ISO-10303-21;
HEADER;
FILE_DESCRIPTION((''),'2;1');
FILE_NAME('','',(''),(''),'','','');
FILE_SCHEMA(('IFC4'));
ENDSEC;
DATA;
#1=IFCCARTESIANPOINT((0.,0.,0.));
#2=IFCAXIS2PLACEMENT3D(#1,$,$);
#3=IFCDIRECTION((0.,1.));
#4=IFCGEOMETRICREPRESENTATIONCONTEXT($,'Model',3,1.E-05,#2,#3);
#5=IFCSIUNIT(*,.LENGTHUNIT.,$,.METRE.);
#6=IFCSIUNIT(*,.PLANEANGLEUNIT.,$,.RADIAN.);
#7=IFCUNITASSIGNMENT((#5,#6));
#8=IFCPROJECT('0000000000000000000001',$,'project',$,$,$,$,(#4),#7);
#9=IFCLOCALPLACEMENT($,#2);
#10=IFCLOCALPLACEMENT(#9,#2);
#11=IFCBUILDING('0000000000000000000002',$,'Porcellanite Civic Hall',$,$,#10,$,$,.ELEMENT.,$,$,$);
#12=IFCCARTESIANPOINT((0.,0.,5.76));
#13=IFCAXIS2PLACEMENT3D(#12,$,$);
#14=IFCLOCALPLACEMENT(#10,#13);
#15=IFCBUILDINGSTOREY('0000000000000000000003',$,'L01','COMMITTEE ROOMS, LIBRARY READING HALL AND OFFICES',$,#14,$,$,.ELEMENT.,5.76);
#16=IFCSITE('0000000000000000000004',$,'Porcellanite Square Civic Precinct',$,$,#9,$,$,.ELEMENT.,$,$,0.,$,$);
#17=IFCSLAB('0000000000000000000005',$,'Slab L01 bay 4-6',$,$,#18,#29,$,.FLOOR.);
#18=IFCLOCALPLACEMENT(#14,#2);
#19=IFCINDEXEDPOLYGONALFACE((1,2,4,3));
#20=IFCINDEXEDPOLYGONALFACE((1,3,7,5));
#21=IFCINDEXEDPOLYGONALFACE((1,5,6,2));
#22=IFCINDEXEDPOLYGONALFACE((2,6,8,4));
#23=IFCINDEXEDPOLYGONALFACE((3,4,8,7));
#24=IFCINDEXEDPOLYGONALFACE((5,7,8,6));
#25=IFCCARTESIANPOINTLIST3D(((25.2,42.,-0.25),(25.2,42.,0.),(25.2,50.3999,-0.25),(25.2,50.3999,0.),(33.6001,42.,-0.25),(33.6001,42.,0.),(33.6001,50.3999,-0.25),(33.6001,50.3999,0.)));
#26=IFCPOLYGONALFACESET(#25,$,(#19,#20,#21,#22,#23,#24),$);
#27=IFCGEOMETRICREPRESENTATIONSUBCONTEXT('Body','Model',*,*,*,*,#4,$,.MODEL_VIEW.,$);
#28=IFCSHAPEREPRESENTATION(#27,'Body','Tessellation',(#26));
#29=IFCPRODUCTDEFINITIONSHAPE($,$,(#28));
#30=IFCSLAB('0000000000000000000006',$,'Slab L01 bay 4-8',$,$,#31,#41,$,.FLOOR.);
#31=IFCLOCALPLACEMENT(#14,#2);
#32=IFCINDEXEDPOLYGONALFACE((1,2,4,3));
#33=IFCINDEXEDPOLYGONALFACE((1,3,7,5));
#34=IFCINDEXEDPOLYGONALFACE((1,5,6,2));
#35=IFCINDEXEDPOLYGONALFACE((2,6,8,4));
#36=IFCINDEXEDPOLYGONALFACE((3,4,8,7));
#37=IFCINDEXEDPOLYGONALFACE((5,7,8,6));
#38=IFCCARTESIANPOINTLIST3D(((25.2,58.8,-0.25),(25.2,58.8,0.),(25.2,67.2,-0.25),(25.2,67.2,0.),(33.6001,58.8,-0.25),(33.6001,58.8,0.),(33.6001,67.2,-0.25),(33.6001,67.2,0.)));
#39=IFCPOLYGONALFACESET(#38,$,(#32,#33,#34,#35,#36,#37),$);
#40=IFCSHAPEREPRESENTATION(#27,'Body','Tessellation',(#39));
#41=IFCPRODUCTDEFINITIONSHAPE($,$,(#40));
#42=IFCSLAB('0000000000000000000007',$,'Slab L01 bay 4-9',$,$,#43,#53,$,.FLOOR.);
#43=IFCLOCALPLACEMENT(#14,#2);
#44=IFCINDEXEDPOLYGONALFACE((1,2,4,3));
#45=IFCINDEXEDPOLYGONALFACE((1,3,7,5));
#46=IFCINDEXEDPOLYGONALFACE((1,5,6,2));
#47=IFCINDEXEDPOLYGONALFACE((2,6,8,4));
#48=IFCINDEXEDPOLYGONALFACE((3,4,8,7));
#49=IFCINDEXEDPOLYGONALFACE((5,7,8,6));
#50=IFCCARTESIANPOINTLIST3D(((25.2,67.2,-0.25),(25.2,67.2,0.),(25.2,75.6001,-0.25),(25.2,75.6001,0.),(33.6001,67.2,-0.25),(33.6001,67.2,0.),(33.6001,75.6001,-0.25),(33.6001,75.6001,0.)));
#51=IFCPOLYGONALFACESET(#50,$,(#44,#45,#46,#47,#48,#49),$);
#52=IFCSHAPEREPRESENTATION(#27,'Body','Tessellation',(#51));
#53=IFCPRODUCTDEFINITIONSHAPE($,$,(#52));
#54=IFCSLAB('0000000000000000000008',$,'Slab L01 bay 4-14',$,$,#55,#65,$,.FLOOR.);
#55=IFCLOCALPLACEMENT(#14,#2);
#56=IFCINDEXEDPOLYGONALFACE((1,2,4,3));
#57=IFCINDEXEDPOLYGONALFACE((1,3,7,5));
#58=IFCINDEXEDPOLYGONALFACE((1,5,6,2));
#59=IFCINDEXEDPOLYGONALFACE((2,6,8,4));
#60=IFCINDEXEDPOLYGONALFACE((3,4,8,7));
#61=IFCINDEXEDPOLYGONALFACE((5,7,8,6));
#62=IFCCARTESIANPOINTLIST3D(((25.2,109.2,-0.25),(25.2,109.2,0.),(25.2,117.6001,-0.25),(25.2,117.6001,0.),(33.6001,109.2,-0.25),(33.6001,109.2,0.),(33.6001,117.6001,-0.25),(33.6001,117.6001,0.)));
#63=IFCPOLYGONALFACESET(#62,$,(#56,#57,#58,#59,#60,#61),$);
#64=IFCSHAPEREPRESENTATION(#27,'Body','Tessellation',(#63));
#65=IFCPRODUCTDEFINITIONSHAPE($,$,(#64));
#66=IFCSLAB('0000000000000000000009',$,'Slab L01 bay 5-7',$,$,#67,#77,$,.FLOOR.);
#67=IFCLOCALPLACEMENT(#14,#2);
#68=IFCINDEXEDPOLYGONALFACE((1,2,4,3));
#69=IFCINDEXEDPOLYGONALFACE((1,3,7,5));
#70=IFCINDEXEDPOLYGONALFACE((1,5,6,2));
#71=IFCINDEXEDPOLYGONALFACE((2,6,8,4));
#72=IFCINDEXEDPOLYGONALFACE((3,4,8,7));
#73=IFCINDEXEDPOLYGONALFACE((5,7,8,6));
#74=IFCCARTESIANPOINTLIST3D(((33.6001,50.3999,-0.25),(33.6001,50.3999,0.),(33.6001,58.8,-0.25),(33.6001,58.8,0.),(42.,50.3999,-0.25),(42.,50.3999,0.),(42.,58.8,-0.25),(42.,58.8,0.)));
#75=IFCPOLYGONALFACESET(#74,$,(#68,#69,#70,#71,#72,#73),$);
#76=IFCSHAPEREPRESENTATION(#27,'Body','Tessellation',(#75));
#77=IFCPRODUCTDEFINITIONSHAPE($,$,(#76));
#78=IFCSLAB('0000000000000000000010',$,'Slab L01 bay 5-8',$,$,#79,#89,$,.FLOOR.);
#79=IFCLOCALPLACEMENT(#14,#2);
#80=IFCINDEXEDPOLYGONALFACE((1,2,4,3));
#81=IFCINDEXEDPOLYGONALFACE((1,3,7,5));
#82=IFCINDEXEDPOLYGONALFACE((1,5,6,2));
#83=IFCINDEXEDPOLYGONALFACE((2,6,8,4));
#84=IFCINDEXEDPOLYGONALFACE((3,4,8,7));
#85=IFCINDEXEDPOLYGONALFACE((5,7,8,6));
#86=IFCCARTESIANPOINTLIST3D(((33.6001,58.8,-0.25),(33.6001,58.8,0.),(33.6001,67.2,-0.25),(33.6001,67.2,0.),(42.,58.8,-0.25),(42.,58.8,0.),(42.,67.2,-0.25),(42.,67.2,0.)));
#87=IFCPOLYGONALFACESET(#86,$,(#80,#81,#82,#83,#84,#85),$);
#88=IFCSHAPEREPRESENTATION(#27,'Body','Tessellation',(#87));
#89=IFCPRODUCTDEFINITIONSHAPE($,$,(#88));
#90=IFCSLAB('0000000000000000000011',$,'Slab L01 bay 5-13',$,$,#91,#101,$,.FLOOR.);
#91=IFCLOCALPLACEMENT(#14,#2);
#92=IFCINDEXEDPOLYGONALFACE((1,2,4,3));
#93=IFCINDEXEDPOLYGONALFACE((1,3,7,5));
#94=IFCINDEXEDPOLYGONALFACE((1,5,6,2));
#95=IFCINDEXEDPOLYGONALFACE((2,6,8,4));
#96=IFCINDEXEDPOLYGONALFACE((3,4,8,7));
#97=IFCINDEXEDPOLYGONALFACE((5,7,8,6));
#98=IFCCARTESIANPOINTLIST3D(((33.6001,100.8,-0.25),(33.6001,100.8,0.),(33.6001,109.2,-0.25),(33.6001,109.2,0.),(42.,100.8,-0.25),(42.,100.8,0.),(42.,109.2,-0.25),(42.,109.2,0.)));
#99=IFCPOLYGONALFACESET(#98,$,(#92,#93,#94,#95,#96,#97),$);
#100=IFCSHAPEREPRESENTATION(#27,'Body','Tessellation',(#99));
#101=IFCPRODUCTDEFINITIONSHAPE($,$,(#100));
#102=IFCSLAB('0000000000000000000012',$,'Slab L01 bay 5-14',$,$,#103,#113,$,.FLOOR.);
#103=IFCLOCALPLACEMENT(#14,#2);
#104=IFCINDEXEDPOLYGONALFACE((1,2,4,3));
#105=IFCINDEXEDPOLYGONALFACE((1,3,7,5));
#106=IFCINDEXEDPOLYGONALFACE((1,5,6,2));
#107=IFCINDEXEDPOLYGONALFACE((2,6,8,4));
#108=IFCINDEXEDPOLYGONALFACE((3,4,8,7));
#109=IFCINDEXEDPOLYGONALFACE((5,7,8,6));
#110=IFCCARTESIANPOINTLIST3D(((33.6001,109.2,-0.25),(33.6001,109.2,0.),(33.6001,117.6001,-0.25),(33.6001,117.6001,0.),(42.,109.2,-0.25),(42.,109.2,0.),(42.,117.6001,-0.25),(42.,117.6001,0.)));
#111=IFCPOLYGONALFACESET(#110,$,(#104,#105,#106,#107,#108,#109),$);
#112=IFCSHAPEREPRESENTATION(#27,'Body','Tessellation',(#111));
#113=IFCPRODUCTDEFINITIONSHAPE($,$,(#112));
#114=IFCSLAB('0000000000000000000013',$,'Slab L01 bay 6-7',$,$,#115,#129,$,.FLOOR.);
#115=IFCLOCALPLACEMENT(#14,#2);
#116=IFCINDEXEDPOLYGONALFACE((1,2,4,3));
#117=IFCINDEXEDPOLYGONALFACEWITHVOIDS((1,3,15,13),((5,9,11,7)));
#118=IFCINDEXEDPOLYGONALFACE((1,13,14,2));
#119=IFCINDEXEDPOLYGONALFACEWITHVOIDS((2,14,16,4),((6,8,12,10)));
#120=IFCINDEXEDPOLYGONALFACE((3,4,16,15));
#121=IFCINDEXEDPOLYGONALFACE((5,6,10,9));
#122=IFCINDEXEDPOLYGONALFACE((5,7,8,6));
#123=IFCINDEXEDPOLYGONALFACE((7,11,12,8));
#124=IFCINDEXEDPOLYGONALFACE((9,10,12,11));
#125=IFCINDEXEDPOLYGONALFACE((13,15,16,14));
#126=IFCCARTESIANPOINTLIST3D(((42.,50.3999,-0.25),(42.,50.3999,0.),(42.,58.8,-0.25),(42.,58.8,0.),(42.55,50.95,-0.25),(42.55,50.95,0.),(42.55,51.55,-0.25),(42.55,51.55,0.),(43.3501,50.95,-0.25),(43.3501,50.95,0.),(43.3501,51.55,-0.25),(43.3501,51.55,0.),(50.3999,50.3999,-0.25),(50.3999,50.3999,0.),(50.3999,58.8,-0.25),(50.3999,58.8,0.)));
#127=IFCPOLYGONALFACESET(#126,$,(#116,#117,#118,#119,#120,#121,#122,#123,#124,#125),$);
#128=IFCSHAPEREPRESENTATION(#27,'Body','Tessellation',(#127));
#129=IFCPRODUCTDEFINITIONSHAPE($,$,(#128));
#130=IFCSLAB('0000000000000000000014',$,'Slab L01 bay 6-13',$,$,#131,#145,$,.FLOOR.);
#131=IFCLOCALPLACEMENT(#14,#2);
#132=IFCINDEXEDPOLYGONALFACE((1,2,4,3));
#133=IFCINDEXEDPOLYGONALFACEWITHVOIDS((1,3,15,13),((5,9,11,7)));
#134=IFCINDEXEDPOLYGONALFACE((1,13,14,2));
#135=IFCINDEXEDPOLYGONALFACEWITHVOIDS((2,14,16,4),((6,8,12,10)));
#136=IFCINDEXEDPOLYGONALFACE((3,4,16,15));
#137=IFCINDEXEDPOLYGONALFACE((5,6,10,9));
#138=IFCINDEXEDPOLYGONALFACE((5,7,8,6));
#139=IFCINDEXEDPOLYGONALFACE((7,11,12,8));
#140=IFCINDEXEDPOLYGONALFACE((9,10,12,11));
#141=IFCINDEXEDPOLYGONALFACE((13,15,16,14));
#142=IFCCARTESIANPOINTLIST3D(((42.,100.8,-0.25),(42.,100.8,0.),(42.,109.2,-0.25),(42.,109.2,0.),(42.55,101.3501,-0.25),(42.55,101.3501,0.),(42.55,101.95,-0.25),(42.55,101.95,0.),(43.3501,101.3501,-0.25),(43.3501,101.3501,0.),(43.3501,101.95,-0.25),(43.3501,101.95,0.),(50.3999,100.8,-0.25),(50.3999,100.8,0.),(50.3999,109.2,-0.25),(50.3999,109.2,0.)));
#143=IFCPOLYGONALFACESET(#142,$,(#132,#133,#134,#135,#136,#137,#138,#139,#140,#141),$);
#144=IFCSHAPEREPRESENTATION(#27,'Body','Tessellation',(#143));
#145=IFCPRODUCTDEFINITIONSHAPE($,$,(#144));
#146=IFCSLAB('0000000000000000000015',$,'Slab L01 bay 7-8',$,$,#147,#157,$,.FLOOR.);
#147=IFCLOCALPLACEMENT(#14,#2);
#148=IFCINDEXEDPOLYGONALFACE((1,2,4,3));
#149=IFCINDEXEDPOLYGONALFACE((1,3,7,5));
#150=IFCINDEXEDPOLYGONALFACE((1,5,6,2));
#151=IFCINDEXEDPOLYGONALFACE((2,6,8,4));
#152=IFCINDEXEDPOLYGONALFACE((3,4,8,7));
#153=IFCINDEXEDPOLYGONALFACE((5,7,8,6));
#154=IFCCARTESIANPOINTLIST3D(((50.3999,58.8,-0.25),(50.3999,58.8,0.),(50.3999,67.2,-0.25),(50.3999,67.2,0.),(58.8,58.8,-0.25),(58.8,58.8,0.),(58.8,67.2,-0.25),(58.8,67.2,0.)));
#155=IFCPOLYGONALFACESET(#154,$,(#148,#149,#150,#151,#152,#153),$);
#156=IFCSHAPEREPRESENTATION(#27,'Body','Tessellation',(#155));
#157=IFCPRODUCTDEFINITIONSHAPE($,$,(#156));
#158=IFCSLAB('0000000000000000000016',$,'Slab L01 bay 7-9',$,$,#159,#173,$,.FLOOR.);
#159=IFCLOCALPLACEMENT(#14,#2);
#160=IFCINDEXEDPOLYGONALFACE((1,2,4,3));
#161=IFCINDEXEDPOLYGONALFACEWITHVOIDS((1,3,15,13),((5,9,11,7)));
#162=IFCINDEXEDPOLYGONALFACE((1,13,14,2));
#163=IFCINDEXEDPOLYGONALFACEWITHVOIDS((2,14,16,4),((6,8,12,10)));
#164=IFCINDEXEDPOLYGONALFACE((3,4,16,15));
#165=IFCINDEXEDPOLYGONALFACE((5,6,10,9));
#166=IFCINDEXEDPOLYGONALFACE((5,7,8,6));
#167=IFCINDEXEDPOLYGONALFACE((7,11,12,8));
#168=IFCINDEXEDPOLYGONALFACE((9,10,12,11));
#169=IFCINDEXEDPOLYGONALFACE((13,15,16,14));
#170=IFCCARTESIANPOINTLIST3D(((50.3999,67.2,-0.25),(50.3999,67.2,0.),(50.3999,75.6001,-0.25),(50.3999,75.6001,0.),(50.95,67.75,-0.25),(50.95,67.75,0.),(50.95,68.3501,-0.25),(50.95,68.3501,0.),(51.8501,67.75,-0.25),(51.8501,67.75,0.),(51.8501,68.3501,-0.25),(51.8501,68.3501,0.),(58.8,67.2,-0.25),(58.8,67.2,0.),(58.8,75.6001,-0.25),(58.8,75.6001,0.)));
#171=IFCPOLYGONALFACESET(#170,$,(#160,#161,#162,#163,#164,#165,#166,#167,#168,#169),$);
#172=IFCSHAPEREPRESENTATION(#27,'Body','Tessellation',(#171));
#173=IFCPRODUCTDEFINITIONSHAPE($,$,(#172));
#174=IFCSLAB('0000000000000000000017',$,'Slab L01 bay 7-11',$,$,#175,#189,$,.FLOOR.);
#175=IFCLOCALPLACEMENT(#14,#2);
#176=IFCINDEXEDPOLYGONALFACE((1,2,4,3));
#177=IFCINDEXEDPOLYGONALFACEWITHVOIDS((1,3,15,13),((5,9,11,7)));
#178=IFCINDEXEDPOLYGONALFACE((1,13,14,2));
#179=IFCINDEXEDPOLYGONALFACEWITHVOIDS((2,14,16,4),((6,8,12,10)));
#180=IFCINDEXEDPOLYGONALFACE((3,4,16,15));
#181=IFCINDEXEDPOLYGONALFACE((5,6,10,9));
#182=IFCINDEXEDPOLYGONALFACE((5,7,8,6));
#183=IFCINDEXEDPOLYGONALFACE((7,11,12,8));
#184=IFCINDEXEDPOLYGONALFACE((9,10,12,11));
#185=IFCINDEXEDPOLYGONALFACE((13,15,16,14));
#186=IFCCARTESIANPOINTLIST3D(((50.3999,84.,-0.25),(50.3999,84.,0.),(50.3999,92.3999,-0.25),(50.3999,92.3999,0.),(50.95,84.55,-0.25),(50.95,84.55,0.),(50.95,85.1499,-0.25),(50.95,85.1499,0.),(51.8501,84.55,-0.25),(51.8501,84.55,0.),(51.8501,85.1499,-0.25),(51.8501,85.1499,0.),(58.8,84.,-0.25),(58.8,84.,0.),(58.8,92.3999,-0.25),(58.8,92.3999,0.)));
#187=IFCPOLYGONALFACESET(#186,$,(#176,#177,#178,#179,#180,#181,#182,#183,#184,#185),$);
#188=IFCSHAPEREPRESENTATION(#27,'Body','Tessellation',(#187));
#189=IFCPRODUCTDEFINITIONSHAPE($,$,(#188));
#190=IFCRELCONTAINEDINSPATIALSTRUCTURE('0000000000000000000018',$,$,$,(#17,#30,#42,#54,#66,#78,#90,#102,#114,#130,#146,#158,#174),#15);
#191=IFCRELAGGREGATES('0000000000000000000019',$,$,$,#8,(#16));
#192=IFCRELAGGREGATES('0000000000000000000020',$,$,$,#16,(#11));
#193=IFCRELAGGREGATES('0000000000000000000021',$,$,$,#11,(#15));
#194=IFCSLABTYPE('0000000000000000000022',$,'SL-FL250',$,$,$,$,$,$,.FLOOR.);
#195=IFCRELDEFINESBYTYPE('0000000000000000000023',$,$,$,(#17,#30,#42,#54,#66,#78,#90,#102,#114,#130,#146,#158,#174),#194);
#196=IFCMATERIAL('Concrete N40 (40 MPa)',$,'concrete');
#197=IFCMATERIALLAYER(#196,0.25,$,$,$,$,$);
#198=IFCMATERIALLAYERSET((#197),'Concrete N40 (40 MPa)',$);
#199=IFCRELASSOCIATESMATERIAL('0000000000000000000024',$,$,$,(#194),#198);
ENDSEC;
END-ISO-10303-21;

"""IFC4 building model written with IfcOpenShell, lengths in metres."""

from ifc_helpers import new_model, si_unit, direction, frame, origin, place, context, subcontext, project, spatial, polyline, outline, extrude, material, layer, layer_set, type_object, element, save


model = new_model("IFC4")

# Units and contexts
model_context = context("Model", 3, precision=1e-05, world=origin(), true_north=direction((0.0, 1.0)))
body_context = subcontext(model_context, "Body", "Model", "MODEL_VIEW")
ifc_project = project(units=[si_unit("LENGTHUNIT", "METRE"), si_unit("PLANEANGLEUNIT", "RADIAN")], contexts=[model_context])

# Site, building, storey
site_placement = place(None, origin())
site = spatial("IfcSite", under=ifc_project, at=site_placement, Name="Porcellanite Square Civic Precinct", CompositionType="ELEMENT", RefElevation=0.0)
building_placement = place(site_placement, origin())
building = spatial("IfcBuilding", under=site, at=building_placement, Name="Porcellanite Civic Hall", CompositionType="ELEMENT")
storey_placement = place(building_placement, frame((0.0, 0.0, 5.76)))
storey = spatial("IfcBuildingStorey", under=building, at=storey_placement, Name="L01", Description="COMMITTEE ROOMS, LIBRARY READING HALL AND OFFICES", CompositionType="ELEMENT", Elevation=5.76)

# Slabs
ifc_material = material(Name="Concrete N40 (40 MPa)", Category="concrete")
ifc_layer = layer(ifc_material, 0.25)
ifc_layer_set = layer_set([ifc_layer], Name="Concrete N40 (40 MPa)")
slab_type = type_object("IfcSlabType", Name="SL-FL250", PredefinedType="FLOOR", material=ifc_layer_set)
slab_1_placement = place(storey_placement, frame((0.0, 0.0, -0.25)))
element("IfcSlab", 1, at=slab_1_placement, inside=storey, type_object=slab_type, Name="Slab L01 bay 4-6", PredefinedType="FLOOR", context=body_context, shape_type="SweptSolid", body=[
    extrude(outline(polyline([(25.2, 42.0), (33.6001, 42.0), (33.6001, 50.3999), (25.2, 50.3999), (25.2, 42.0)])), origin(), (0.0, 0.0, 1.0), 0.25),
])
slab_2_placement = place(storey_placement, frame((0.0, 0.0, -0.25)))
element("IfcSlab", 2, at=slab_2_placement, inside=storey, type_object=slab_type, Name="Slab L01 bay 4-8", PredefinedType="FLOOR", context=body_context, shape_type="SweptSolid", body=[
    extrude(outline(polyline([(25.2, 58.8), (33.6001, 58.8), (33.6001, 67.2), (25.2, 67.2), (25.2, 58.8)])), origin(), (0.0, 0.0, 1.0), 0.25),
])
slab_3_placement = place(storey_placement, frame((0.0, 0.0, -0.25)))
element("IfcSlab", 3, at=slab_3_placement, inside=storey, type_object=slab_type, Name="Slab L01 bay 4-9", PredefinedType="FLOOR", context=body_context, shape_type="SweptSolid", body=[
    extrude(outline(polyline([(25.2, 67.2), (33.6001, 67.2), (33.6001, 75.6001), (25.2, 75.6001), (25.2, 67.2)])), origin(), (0.0, 0.0, 1.0), 0.25),
])
slab_4_placement = place(storey_placement, frame((0.0, 0.0, -0.25)))
element("IfcSlab", 4, at=slab_4_placement, inside=storey, type_object=slab_type, Name="Slab L01 bay 4-14", PredefinedType="FLOOR", context=body_context, shape_type="SweptSolid", body=[
    extrude(outline(polyline([(25.2, 109.2), (33.6001, 109.2), (33.6001, 117.6001), (25.2, 117.6001), (25.2, 109.2)])), origin(), (0.0, 0.0, 1.0), 0.25),
])
slab_5_placement = place(storey_placement, frame((0.0, 0.0, -0.25)))
element("IfcSlab", 5, at=slab_5_placement, inside=storey, type_object=slab_type, Name="Slab L01 bay 5-7", PredefinedType="FLOOR", context=body_context, shape_type="SweptSolid", body=[
    extrude(outline(polyline([(33.6001, 50.3999), (42.0, 50.3999), (42.0, 58.8), (33.6001, 58.8), (33.6001, 50.3999)])), origin(), (0.0, 0.0, 1.0), 0.25),
])
slab_6_placement = place(storey_placement, frame((0.0, 0.0, -0.25)))
element("IfcSlab", 6, at=slab_6_placement, inside=storey, type_object=slab_type, Name="Slab L01 bay 5-8", PredefinedType="FLOOR", context=body_context, shape_type="SweptSolid", body=[
    extrude(outline(polyline([(33.6001, 58.8), (42.0, 58.8), (42.0, 67.2), (33.6001, 67.2), (33.6001, 58.8)])), origin(), (0.0, 0.0, 1.0), 0.25),
])
slab_7_placement = place(storey_placement, frame((0.0, 0.0, -0.25)))
element("IfcSlab", 7, at=slab_7_placement, inside=storey, type_object=slab_type, Name="Slab L01 bay 5-13", PredefinedType="FLOOR", context=body_context, shape_type="SweptSolid", body=[
    extrude(outline(polyline([(33.6001, 100.8), (42.0, 100.8), (42.0, 109.2), (33.6001, 109.2), (33.6001, 100.8)])), origin(), (0.0, 0.0, 1.0), 0.25),
])
slab_8_placement = place(storey_placement, frame((0.0, 0.0, -0.25)))
element("IfcSlab", 8, at=slab_8_placement, inside=storey, type_object=slab_type, Name="Slab L01 bay 5-14", PredefinedType="FLOOR", context=body_context, shape_type="SweptSolid", body=[
    extrude(outline(polyline([(33.6001, 109.2), (42.0, 109.2), (42.0, 117.6001), (33.6001, 117.6001), (33.6001, 109.2)])), origin(), (0.0, 0.0, 1.0), 0.25),
])
slab_9_placement = place(storey_placement, frame((0.0, 0.0, -0.25)))
element("IfcSlab", 9, at=slab_9_placement, inside=storey, type_object=slab_type, Name="Slab L01 bay 6-7", PredefinedType="FLOOR", context=body_context, shape_type="SweptSolid", body=[
    extrude(outline(polyline([(42.0, 50.3999), (50.3999, 50.3999), (50.3999, 58.8), (42.0, 58.8), (42.0, 50.3999)]), holes=[polyline([(42.55, 50.95), (43.3501, 50.95), (43.3501, 51.55), (42.55, 51.55), (42.55, 50.95)])]), origin(), (0.0, 0.0, 1.0), 0.25),
])
slab_10_placement = place(storey_placement, frame((0.0, 0.0, -0.25)))
element("IfcSlab", 10, at=slab_10_placement, inside=storey, type_object=slab_type, Name="Slab L01 bay 6-13", PredefinedType="FLOOR", context=body_context, shape_type="SweptSolid", body=[
    extrude(outline(polyline([(42.0, 100.8), (50.3999, 100.8), (50.3999, 109.2), (42.0, 109.2), (42.0, 100.8)]), holes=[polyline([(42.55, 101.3501), (43.3501, 101.3501), (43.3501, 101.95), (42.55, 101.95), (42.55, 101.3501)])]), origin(), (0.0, 0.0, 1.0), 0.25),
])
slab_11_placement = place(storey_placement, frame((0.0, 0.0, -0.25)))
element("IfcSlab", 11, at=slab_11_placement, inside=storey, type_object=slab_type, Name="Slab L01 bay 7-8", PredefinedType="FLOOR", context=body_context, shape_type="SweptSolid", body=[
    extrude(outline(polyline([(50.3999, 58.8), (58.8, 58.8), (58.8, 67.2), (50.3999, 67.2), (50.3999, 58.8)])), origin(), (0.0, 0.0, 1.0), 0.25),
])
slab_12_placement = place(storey_placement, frame((0.0, 0.0, -0.25)))
element("IfcSlab", 12, at=slab_12_placement, inside=storey, type_object=slab_type, Name="Slab L01 bay 7-9", PredefinedType="FLOOR", context=body_context, shape_type="SweptSolid", body=[
    extrude(outline(polyline([(50.3999, 67.2), (58.8, 67.2), (58.8, 75.6001), (50.3999, 75.6001), (50.3999, 67.2)]), holes=[polyline([(50.95, 67.75), (51.8501, 67.75), (51.8501, 68.3501), (50.95, 68.3501), (50.95, 67.75)])]), origin(), (0.0, 0.0, 1.0), 0.25),
])
slab_13_placement = place(storey_placement, frame((0.0, 0.0, -0.25)))
element("IfcSlab", 13, at=slab_13_placement, inside=storey, type_object=slab_type, Name="Slab L01 bay 7-11", PredefinedType="FLOOR", context=body_context, shape_type="SweptSolid", body=[
    extrude(outline(polyline([(50.3999, 84.0), (58.8, 84.0), (58.8, 92.3999), (50.3999, 92.3999), (50.3999, 84.0)]), holes=[polyline([(50.95, 84.55), (51.8501, 84.55), (51.8501, 85.1499), (50.95, 85.1499), (50.95, 84.55)])]), origin(), (0.0, 0.0, 1.0), 0.25),
])

save(model, "model.ifc")
